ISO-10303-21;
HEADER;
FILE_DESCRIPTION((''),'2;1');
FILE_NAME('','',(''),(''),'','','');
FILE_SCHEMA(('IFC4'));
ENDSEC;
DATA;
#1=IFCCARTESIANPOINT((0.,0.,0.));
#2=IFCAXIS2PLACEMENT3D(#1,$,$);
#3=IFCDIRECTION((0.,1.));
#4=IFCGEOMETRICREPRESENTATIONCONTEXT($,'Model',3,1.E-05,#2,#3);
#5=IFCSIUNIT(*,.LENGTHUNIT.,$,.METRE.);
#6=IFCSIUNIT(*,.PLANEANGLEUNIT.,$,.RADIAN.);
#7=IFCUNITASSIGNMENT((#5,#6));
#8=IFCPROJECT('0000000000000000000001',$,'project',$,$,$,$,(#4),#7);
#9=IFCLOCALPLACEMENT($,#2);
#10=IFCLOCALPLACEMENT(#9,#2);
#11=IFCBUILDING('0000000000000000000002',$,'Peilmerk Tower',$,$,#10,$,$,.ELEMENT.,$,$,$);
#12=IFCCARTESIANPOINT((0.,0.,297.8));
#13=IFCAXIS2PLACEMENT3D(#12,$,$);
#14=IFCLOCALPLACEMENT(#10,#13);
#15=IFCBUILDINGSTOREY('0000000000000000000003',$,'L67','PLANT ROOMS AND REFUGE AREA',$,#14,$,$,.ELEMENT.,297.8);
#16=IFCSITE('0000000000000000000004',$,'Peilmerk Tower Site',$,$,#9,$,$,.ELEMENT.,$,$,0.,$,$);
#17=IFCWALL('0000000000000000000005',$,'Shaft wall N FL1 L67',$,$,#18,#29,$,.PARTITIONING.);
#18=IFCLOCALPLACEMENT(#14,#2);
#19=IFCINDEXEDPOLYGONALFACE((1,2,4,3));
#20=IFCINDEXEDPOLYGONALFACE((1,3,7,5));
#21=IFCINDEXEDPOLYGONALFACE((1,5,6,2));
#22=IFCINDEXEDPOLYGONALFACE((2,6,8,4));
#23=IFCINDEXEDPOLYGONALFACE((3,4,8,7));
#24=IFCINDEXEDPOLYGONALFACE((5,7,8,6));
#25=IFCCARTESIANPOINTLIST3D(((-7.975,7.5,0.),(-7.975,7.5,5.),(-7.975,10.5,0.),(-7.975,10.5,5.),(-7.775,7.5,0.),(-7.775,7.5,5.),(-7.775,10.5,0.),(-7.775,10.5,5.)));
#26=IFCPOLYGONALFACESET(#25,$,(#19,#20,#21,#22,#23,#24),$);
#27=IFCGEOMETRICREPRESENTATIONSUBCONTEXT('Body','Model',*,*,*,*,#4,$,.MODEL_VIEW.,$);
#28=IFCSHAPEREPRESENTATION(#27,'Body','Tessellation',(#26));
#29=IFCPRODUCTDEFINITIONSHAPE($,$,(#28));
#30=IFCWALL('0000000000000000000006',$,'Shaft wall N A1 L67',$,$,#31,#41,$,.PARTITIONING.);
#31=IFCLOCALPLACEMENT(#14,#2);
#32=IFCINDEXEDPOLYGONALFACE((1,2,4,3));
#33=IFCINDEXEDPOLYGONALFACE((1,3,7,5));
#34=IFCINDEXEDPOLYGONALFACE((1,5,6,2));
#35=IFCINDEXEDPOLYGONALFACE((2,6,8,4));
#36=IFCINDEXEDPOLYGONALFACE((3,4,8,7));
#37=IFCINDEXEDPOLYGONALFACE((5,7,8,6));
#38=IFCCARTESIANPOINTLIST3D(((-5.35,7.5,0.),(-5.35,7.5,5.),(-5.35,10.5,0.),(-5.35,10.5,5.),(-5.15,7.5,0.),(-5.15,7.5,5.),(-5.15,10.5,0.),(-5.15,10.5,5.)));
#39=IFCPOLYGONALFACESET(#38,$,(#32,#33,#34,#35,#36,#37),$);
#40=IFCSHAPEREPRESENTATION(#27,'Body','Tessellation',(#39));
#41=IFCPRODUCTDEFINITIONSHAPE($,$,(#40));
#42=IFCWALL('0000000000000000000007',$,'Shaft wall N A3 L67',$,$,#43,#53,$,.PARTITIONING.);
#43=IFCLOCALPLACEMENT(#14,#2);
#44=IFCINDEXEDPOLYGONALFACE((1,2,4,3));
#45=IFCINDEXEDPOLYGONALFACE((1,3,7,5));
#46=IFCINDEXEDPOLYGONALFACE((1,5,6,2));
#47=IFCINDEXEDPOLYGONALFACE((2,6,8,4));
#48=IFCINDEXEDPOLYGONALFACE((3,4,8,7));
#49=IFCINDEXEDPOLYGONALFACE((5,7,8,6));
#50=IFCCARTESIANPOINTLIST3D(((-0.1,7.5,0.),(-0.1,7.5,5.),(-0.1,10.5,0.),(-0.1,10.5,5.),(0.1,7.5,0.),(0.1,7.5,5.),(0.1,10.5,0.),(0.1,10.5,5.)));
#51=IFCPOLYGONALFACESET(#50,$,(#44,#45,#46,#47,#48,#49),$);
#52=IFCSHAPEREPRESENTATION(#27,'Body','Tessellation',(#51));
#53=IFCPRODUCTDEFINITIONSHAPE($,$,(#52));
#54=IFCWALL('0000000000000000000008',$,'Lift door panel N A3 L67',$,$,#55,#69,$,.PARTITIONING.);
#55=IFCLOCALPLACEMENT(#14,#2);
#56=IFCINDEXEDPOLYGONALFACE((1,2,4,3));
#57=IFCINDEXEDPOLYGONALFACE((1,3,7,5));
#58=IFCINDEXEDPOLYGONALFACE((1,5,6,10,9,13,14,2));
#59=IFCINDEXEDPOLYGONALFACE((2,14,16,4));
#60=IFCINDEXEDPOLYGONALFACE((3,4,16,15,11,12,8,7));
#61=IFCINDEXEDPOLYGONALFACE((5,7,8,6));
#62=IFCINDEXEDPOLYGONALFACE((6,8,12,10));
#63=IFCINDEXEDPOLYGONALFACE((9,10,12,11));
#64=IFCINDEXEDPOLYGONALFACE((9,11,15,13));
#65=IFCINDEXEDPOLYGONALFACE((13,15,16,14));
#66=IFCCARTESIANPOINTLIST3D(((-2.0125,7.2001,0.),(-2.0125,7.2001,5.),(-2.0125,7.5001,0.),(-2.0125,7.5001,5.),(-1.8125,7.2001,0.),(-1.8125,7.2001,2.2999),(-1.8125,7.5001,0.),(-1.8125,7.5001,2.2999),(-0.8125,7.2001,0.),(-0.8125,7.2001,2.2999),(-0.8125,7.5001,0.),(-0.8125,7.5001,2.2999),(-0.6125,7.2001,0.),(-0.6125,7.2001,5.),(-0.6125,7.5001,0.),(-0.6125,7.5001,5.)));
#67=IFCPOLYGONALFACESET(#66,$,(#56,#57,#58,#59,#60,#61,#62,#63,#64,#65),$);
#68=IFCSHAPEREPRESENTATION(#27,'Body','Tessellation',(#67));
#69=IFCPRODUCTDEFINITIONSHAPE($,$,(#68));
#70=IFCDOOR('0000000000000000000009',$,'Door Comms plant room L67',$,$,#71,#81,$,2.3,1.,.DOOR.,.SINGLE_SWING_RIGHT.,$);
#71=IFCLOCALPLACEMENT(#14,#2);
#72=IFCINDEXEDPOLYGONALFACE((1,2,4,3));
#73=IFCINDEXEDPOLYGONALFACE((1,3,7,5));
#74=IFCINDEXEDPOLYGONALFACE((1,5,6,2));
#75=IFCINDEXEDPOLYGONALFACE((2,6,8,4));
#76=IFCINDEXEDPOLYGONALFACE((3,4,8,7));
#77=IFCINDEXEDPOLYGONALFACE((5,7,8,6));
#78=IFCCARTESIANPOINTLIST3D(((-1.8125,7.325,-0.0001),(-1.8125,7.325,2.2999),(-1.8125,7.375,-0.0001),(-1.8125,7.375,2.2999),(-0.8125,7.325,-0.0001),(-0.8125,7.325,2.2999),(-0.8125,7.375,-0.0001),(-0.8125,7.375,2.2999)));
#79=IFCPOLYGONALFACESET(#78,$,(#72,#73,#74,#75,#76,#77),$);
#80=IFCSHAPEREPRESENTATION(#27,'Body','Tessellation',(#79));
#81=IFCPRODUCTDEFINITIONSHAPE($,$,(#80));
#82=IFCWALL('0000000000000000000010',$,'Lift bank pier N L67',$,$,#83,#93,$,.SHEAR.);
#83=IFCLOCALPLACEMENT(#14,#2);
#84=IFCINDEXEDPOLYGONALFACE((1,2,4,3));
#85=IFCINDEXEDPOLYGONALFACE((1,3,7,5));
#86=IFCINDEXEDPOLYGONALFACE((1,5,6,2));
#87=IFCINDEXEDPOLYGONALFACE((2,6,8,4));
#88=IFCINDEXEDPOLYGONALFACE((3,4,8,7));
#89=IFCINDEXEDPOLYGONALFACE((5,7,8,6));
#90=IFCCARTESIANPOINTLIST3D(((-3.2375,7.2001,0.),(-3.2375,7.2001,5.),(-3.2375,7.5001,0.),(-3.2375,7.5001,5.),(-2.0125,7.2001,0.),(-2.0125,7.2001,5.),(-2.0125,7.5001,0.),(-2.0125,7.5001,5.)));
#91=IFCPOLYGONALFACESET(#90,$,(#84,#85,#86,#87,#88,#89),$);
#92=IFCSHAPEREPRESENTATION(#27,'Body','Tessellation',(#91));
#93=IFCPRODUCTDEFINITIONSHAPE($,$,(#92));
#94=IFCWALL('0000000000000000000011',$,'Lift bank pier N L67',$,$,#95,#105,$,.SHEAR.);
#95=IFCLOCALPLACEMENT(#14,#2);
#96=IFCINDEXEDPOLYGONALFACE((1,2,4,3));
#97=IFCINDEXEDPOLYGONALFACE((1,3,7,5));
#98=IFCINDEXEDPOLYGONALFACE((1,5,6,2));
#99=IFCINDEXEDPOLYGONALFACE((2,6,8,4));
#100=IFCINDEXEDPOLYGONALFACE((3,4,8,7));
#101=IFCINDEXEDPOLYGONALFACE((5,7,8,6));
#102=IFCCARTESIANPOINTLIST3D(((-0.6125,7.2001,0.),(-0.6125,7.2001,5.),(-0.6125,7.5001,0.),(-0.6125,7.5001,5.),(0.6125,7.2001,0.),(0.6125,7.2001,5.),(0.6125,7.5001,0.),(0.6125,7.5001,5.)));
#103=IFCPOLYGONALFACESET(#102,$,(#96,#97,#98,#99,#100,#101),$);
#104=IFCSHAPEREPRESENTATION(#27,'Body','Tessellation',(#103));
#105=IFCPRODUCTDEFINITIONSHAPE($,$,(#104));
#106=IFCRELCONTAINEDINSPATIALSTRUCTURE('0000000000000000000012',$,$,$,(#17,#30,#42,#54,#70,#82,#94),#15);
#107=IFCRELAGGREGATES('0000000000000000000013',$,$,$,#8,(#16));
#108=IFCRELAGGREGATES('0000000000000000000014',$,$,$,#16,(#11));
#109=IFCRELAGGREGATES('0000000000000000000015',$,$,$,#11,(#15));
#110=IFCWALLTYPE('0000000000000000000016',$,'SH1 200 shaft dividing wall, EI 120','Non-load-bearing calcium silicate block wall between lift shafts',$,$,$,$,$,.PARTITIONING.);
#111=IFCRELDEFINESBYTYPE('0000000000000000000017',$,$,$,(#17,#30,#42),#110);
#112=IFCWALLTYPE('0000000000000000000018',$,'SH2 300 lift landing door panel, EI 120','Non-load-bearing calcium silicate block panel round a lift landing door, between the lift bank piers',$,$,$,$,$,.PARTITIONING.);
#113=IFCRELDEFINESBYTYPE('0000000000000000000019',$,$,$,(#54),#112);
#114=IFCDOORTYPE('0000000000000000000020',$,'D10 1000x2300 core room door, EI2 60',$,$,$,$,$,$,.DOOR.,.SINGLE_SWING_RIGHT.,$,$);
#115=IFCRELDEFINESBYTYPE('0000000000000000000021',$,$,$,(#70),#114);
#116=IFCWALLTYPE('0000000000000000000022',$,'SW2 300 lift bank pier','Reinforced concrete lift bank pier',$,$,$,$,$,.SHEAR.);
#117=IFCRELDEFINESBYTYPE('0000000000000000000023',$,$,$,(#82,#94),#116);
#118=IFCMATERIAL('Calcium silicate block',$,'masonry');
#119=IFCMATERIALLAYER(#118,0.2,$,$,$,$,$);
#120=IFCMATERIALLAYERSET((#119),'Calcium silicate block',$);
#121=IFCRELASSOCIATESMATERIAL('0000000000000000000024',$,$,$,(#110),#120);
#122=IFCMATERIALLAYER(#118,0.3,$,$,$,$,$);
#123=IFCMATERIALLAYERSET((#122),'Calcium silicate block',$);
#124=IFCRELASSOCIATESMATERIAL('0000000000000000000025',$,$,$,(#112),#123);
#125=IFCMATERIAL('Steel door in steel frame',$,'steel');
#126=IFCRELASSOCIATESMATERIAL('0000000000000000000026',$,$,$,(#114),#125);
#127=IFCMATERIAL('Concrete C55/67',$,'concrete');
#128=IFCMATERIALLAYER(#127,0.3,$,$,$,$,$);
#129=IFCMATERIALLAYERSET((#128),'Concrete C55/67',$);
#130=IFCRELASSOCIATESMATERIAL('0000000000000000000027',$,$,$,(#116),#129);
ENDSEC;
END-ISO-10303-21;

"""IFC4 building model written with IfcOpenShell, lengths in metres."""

from ifc_helpers import new_model, si_unit, direction, frame, frame_2d, origin, place, context, subcontext, project, spatial, rectangle, extrude, material, layer, layer_set, type_object, element, fill, save


model = new_model("IFC4")

# Units and contexts
model_context = context("Model", 3, precision=1e-05, world=origin(), true_north=direction((0.0, 1.0)))
body_context = subcontext(model_context, "Body", "Model", "MODEL_VIEW")
ifc_project = project(units=[si_unit("LENGTHUNIT", "METRE"), si_unit("PLANEANGLEUNIT", "RADIAN")], contexts=[model_context])

# Site, building, storey
site_placement = place(None, origin())
site = spatial("IfcSite", under=ifc_project, at=site_placement, Name="Peilmerk Tower Site", CompositionType="ELEMENT", RefElevation=0.0)
building_placement = place(site_placement, origin())
building = spatial("IfcBuilding", under=site, at=building_placement, Name="Peilmerk Tower", CompositionType="ELEMENT")
storey_placement = place(building_placement, frame((0.0, 0.0, 297.8)))
storey = spatial("IfcBuildingStorey", under=building, at=storey_placement, Name="L67", Description="PLANT ROOMS AND REFUGE AREA", CompositionType="ELEMENT", Elevation=297.8)

# Walls
ifc_material_1 = material(Name="Calcium silicate block", Category="masonry")
ifc_layer_1 = layer(ifc_material_1, 0.2)
ifc_layer_set_1 = layer_set([ifc_layer_1], Name="Calcium silicate block")
wall_type_1 = type_object("IfcWallType", Name="SH1 200 shaft dividing wall, EI 120", Description="Non-load-bearing calcium silicate block wall between lift shafts", PredefinedType="PARTITIONING", material=ifc_layer_set_1)
for number, where, z_axis, x_axis, name in (
    (1, (-7.875, 7.5, 0.0), (0.0, 0.0, 1.0), (0.0, 1.0, 0.0), "Shaft wall N FL1 L67"),
    (2, (-5.25, 7.5, 0.0), (0.0, 0.0, 1.0), (0.0, 1.0, 0.0), "Shaft wall N A1 L67"),
    (3, (0.0, 7.5, 0.0), (0.0, 0.0, 1.0), (0.0, 1.0, 0.0), "Shaft wall N A3 L67"),
):
    element("IfcWall", number, at=place(storey_placement, frame(where, z_axis=z_axis, x_axis=x_axis)), inside=storey, type_object=wall_type_1, Name=name, PredefinedType="PARTITIONING", context=body_context, shape_type="SweptSolid", body=[
        extrude(rectangle(XDim=3.0, YDim=0.2, at=frame_2d((1.5, 0.0))), origin(), (0.0, 0.0, 1.0), 5.0),
    ])

# Wall, opening, door
ifc_layer_2 = layer(ifc_material_1, 0.3)
ifc_layer_set_2 = layer_set([ifc_layer_2], Name="Calcium silicate block")
wall_type_2 = type_object("IfcWallType", Name="SH2 300 lift landing door panel, EI 120", Description="Non-load-bearing calcium silicate block panel round a lift landing door, between the lift bank piers", PredefinedType="PARTITIONING", material=ifc_layer_set_2)
wall_placement = place(storey_placement, frame((-2.0125, 7.3501, 0.0), z_axis=(0.0, 0.0, 1.0), x_axis=(1.0, 0.0, 0.0)))
wall = element("IfcWall", 4, at=wall_placement, inside=storey, type_object=wall_type_2, Name="Lift door panel N A3 L67", PredefinedType="PARTITIONING", context=body_context, shape_type="SweptSolid", body=[
    extrude(rectangle(XDim=1.3999, YDim=0.3, at=frame_2d((0.7, 0.0))), origin(), (0.0, 0.0, 1.0), 5.0),
])
opening_placement = place(wall_placement, frame((0.2, 0.0, 0.0)))
opening = element("IfcOpeningElement", 5, at=opening_placement, cuts=wall, PredefinedType="OPENING", context=body_context, shape_type="SweptSolid", body=[
    extrude(rectangle(XDim=1.0, YDim=2.3, at=frame_2d((0.5, 1.1499))), frame((0.0, 0.1599, 0.0), z_axis=(0.0, -1.0, 0.0), x_axis=(1.0, 0.0, 0.0)), (0.0, 0.0, 1.0), 0.3201),
])
ifc_material_2 = material(Name="Steel door in steel frame", Category="steel")
door_type = type_object("IfcDoorType", Name="D10 1000x2300 core room door, EI2 60", OperationType="SINGLE_SWING_RIGHT", PredefinedType="DOOR", material=ifc_material_2)
door_placement = place(opening_placement, origin())
door = element("IfcDoor", 6, at=door_placement, inside=storey, type_object=door_type, Name="Door Comms plant room L67", OperationType="SINGLE_SWING_RIGHT", OverallHeight=2.3, OverallWidth=1.0, PredefinedType="DOOR", context=body_context, shape_type="SweptSolid", body=[
    extrude(rectangle(XDim=1.0, YDim=2.3, at=frame_2d((0.5, 1.1499))), frame((0.0, 0.0249, 0.0), z_axis=(0.0, -1.0, 0.0), x_axis=(1.0, 0.0, 0.0)), (0.0, 0.0, 1.0), 0.05),
])
fill(opening, door)

# Walls
ifc_material_3 = material(Name="Concrete C55/67", Category="concrete")
ifc_layer_3 = layer(ifc_material_3, 0.3)
ifc_layer_set_3 = layer_set([ifc_layer_3], Name="Concrete C55/67")
wall_type_3 = type_object("IfcWallType", Name="SW2 300 lift bank pier", Description="Reinforced concrete lift bank pier", PredefinedType="SHEAR", material=ifc_layer_set_3)
for number, where, z_axis, x_axis, name in (
    (7, (-3.2375, 7.3501, 0.0), (0.0, 0.0, 1.0), (1.0, 0.0, 0.0), "Lift bank pier N L67"),
    (8, (-0.6125, 7.3501, 0.0), (0.0, 0.0, 1.0), (1.0, 0.0, 0.0), "Lift bank pier N L67"),
):
    element("IfcWall", number, at=place(storey_placement, frame(where, z_axis=z_axis, x_axis=x_axis)), inside=storey, type_object=wall_type_3, Name=name, PredefinedType="SHEAR", context=body_context, shape_type="SweptSolid", body=[
        extrude(rectangle(XDim=1.2251, YDim=0.3, at=frame_2d((0.6125, 0.0))), origin(), (0.0, 0.0, 1.0), 5.0),
    ])

save(model, "model.ifc")
